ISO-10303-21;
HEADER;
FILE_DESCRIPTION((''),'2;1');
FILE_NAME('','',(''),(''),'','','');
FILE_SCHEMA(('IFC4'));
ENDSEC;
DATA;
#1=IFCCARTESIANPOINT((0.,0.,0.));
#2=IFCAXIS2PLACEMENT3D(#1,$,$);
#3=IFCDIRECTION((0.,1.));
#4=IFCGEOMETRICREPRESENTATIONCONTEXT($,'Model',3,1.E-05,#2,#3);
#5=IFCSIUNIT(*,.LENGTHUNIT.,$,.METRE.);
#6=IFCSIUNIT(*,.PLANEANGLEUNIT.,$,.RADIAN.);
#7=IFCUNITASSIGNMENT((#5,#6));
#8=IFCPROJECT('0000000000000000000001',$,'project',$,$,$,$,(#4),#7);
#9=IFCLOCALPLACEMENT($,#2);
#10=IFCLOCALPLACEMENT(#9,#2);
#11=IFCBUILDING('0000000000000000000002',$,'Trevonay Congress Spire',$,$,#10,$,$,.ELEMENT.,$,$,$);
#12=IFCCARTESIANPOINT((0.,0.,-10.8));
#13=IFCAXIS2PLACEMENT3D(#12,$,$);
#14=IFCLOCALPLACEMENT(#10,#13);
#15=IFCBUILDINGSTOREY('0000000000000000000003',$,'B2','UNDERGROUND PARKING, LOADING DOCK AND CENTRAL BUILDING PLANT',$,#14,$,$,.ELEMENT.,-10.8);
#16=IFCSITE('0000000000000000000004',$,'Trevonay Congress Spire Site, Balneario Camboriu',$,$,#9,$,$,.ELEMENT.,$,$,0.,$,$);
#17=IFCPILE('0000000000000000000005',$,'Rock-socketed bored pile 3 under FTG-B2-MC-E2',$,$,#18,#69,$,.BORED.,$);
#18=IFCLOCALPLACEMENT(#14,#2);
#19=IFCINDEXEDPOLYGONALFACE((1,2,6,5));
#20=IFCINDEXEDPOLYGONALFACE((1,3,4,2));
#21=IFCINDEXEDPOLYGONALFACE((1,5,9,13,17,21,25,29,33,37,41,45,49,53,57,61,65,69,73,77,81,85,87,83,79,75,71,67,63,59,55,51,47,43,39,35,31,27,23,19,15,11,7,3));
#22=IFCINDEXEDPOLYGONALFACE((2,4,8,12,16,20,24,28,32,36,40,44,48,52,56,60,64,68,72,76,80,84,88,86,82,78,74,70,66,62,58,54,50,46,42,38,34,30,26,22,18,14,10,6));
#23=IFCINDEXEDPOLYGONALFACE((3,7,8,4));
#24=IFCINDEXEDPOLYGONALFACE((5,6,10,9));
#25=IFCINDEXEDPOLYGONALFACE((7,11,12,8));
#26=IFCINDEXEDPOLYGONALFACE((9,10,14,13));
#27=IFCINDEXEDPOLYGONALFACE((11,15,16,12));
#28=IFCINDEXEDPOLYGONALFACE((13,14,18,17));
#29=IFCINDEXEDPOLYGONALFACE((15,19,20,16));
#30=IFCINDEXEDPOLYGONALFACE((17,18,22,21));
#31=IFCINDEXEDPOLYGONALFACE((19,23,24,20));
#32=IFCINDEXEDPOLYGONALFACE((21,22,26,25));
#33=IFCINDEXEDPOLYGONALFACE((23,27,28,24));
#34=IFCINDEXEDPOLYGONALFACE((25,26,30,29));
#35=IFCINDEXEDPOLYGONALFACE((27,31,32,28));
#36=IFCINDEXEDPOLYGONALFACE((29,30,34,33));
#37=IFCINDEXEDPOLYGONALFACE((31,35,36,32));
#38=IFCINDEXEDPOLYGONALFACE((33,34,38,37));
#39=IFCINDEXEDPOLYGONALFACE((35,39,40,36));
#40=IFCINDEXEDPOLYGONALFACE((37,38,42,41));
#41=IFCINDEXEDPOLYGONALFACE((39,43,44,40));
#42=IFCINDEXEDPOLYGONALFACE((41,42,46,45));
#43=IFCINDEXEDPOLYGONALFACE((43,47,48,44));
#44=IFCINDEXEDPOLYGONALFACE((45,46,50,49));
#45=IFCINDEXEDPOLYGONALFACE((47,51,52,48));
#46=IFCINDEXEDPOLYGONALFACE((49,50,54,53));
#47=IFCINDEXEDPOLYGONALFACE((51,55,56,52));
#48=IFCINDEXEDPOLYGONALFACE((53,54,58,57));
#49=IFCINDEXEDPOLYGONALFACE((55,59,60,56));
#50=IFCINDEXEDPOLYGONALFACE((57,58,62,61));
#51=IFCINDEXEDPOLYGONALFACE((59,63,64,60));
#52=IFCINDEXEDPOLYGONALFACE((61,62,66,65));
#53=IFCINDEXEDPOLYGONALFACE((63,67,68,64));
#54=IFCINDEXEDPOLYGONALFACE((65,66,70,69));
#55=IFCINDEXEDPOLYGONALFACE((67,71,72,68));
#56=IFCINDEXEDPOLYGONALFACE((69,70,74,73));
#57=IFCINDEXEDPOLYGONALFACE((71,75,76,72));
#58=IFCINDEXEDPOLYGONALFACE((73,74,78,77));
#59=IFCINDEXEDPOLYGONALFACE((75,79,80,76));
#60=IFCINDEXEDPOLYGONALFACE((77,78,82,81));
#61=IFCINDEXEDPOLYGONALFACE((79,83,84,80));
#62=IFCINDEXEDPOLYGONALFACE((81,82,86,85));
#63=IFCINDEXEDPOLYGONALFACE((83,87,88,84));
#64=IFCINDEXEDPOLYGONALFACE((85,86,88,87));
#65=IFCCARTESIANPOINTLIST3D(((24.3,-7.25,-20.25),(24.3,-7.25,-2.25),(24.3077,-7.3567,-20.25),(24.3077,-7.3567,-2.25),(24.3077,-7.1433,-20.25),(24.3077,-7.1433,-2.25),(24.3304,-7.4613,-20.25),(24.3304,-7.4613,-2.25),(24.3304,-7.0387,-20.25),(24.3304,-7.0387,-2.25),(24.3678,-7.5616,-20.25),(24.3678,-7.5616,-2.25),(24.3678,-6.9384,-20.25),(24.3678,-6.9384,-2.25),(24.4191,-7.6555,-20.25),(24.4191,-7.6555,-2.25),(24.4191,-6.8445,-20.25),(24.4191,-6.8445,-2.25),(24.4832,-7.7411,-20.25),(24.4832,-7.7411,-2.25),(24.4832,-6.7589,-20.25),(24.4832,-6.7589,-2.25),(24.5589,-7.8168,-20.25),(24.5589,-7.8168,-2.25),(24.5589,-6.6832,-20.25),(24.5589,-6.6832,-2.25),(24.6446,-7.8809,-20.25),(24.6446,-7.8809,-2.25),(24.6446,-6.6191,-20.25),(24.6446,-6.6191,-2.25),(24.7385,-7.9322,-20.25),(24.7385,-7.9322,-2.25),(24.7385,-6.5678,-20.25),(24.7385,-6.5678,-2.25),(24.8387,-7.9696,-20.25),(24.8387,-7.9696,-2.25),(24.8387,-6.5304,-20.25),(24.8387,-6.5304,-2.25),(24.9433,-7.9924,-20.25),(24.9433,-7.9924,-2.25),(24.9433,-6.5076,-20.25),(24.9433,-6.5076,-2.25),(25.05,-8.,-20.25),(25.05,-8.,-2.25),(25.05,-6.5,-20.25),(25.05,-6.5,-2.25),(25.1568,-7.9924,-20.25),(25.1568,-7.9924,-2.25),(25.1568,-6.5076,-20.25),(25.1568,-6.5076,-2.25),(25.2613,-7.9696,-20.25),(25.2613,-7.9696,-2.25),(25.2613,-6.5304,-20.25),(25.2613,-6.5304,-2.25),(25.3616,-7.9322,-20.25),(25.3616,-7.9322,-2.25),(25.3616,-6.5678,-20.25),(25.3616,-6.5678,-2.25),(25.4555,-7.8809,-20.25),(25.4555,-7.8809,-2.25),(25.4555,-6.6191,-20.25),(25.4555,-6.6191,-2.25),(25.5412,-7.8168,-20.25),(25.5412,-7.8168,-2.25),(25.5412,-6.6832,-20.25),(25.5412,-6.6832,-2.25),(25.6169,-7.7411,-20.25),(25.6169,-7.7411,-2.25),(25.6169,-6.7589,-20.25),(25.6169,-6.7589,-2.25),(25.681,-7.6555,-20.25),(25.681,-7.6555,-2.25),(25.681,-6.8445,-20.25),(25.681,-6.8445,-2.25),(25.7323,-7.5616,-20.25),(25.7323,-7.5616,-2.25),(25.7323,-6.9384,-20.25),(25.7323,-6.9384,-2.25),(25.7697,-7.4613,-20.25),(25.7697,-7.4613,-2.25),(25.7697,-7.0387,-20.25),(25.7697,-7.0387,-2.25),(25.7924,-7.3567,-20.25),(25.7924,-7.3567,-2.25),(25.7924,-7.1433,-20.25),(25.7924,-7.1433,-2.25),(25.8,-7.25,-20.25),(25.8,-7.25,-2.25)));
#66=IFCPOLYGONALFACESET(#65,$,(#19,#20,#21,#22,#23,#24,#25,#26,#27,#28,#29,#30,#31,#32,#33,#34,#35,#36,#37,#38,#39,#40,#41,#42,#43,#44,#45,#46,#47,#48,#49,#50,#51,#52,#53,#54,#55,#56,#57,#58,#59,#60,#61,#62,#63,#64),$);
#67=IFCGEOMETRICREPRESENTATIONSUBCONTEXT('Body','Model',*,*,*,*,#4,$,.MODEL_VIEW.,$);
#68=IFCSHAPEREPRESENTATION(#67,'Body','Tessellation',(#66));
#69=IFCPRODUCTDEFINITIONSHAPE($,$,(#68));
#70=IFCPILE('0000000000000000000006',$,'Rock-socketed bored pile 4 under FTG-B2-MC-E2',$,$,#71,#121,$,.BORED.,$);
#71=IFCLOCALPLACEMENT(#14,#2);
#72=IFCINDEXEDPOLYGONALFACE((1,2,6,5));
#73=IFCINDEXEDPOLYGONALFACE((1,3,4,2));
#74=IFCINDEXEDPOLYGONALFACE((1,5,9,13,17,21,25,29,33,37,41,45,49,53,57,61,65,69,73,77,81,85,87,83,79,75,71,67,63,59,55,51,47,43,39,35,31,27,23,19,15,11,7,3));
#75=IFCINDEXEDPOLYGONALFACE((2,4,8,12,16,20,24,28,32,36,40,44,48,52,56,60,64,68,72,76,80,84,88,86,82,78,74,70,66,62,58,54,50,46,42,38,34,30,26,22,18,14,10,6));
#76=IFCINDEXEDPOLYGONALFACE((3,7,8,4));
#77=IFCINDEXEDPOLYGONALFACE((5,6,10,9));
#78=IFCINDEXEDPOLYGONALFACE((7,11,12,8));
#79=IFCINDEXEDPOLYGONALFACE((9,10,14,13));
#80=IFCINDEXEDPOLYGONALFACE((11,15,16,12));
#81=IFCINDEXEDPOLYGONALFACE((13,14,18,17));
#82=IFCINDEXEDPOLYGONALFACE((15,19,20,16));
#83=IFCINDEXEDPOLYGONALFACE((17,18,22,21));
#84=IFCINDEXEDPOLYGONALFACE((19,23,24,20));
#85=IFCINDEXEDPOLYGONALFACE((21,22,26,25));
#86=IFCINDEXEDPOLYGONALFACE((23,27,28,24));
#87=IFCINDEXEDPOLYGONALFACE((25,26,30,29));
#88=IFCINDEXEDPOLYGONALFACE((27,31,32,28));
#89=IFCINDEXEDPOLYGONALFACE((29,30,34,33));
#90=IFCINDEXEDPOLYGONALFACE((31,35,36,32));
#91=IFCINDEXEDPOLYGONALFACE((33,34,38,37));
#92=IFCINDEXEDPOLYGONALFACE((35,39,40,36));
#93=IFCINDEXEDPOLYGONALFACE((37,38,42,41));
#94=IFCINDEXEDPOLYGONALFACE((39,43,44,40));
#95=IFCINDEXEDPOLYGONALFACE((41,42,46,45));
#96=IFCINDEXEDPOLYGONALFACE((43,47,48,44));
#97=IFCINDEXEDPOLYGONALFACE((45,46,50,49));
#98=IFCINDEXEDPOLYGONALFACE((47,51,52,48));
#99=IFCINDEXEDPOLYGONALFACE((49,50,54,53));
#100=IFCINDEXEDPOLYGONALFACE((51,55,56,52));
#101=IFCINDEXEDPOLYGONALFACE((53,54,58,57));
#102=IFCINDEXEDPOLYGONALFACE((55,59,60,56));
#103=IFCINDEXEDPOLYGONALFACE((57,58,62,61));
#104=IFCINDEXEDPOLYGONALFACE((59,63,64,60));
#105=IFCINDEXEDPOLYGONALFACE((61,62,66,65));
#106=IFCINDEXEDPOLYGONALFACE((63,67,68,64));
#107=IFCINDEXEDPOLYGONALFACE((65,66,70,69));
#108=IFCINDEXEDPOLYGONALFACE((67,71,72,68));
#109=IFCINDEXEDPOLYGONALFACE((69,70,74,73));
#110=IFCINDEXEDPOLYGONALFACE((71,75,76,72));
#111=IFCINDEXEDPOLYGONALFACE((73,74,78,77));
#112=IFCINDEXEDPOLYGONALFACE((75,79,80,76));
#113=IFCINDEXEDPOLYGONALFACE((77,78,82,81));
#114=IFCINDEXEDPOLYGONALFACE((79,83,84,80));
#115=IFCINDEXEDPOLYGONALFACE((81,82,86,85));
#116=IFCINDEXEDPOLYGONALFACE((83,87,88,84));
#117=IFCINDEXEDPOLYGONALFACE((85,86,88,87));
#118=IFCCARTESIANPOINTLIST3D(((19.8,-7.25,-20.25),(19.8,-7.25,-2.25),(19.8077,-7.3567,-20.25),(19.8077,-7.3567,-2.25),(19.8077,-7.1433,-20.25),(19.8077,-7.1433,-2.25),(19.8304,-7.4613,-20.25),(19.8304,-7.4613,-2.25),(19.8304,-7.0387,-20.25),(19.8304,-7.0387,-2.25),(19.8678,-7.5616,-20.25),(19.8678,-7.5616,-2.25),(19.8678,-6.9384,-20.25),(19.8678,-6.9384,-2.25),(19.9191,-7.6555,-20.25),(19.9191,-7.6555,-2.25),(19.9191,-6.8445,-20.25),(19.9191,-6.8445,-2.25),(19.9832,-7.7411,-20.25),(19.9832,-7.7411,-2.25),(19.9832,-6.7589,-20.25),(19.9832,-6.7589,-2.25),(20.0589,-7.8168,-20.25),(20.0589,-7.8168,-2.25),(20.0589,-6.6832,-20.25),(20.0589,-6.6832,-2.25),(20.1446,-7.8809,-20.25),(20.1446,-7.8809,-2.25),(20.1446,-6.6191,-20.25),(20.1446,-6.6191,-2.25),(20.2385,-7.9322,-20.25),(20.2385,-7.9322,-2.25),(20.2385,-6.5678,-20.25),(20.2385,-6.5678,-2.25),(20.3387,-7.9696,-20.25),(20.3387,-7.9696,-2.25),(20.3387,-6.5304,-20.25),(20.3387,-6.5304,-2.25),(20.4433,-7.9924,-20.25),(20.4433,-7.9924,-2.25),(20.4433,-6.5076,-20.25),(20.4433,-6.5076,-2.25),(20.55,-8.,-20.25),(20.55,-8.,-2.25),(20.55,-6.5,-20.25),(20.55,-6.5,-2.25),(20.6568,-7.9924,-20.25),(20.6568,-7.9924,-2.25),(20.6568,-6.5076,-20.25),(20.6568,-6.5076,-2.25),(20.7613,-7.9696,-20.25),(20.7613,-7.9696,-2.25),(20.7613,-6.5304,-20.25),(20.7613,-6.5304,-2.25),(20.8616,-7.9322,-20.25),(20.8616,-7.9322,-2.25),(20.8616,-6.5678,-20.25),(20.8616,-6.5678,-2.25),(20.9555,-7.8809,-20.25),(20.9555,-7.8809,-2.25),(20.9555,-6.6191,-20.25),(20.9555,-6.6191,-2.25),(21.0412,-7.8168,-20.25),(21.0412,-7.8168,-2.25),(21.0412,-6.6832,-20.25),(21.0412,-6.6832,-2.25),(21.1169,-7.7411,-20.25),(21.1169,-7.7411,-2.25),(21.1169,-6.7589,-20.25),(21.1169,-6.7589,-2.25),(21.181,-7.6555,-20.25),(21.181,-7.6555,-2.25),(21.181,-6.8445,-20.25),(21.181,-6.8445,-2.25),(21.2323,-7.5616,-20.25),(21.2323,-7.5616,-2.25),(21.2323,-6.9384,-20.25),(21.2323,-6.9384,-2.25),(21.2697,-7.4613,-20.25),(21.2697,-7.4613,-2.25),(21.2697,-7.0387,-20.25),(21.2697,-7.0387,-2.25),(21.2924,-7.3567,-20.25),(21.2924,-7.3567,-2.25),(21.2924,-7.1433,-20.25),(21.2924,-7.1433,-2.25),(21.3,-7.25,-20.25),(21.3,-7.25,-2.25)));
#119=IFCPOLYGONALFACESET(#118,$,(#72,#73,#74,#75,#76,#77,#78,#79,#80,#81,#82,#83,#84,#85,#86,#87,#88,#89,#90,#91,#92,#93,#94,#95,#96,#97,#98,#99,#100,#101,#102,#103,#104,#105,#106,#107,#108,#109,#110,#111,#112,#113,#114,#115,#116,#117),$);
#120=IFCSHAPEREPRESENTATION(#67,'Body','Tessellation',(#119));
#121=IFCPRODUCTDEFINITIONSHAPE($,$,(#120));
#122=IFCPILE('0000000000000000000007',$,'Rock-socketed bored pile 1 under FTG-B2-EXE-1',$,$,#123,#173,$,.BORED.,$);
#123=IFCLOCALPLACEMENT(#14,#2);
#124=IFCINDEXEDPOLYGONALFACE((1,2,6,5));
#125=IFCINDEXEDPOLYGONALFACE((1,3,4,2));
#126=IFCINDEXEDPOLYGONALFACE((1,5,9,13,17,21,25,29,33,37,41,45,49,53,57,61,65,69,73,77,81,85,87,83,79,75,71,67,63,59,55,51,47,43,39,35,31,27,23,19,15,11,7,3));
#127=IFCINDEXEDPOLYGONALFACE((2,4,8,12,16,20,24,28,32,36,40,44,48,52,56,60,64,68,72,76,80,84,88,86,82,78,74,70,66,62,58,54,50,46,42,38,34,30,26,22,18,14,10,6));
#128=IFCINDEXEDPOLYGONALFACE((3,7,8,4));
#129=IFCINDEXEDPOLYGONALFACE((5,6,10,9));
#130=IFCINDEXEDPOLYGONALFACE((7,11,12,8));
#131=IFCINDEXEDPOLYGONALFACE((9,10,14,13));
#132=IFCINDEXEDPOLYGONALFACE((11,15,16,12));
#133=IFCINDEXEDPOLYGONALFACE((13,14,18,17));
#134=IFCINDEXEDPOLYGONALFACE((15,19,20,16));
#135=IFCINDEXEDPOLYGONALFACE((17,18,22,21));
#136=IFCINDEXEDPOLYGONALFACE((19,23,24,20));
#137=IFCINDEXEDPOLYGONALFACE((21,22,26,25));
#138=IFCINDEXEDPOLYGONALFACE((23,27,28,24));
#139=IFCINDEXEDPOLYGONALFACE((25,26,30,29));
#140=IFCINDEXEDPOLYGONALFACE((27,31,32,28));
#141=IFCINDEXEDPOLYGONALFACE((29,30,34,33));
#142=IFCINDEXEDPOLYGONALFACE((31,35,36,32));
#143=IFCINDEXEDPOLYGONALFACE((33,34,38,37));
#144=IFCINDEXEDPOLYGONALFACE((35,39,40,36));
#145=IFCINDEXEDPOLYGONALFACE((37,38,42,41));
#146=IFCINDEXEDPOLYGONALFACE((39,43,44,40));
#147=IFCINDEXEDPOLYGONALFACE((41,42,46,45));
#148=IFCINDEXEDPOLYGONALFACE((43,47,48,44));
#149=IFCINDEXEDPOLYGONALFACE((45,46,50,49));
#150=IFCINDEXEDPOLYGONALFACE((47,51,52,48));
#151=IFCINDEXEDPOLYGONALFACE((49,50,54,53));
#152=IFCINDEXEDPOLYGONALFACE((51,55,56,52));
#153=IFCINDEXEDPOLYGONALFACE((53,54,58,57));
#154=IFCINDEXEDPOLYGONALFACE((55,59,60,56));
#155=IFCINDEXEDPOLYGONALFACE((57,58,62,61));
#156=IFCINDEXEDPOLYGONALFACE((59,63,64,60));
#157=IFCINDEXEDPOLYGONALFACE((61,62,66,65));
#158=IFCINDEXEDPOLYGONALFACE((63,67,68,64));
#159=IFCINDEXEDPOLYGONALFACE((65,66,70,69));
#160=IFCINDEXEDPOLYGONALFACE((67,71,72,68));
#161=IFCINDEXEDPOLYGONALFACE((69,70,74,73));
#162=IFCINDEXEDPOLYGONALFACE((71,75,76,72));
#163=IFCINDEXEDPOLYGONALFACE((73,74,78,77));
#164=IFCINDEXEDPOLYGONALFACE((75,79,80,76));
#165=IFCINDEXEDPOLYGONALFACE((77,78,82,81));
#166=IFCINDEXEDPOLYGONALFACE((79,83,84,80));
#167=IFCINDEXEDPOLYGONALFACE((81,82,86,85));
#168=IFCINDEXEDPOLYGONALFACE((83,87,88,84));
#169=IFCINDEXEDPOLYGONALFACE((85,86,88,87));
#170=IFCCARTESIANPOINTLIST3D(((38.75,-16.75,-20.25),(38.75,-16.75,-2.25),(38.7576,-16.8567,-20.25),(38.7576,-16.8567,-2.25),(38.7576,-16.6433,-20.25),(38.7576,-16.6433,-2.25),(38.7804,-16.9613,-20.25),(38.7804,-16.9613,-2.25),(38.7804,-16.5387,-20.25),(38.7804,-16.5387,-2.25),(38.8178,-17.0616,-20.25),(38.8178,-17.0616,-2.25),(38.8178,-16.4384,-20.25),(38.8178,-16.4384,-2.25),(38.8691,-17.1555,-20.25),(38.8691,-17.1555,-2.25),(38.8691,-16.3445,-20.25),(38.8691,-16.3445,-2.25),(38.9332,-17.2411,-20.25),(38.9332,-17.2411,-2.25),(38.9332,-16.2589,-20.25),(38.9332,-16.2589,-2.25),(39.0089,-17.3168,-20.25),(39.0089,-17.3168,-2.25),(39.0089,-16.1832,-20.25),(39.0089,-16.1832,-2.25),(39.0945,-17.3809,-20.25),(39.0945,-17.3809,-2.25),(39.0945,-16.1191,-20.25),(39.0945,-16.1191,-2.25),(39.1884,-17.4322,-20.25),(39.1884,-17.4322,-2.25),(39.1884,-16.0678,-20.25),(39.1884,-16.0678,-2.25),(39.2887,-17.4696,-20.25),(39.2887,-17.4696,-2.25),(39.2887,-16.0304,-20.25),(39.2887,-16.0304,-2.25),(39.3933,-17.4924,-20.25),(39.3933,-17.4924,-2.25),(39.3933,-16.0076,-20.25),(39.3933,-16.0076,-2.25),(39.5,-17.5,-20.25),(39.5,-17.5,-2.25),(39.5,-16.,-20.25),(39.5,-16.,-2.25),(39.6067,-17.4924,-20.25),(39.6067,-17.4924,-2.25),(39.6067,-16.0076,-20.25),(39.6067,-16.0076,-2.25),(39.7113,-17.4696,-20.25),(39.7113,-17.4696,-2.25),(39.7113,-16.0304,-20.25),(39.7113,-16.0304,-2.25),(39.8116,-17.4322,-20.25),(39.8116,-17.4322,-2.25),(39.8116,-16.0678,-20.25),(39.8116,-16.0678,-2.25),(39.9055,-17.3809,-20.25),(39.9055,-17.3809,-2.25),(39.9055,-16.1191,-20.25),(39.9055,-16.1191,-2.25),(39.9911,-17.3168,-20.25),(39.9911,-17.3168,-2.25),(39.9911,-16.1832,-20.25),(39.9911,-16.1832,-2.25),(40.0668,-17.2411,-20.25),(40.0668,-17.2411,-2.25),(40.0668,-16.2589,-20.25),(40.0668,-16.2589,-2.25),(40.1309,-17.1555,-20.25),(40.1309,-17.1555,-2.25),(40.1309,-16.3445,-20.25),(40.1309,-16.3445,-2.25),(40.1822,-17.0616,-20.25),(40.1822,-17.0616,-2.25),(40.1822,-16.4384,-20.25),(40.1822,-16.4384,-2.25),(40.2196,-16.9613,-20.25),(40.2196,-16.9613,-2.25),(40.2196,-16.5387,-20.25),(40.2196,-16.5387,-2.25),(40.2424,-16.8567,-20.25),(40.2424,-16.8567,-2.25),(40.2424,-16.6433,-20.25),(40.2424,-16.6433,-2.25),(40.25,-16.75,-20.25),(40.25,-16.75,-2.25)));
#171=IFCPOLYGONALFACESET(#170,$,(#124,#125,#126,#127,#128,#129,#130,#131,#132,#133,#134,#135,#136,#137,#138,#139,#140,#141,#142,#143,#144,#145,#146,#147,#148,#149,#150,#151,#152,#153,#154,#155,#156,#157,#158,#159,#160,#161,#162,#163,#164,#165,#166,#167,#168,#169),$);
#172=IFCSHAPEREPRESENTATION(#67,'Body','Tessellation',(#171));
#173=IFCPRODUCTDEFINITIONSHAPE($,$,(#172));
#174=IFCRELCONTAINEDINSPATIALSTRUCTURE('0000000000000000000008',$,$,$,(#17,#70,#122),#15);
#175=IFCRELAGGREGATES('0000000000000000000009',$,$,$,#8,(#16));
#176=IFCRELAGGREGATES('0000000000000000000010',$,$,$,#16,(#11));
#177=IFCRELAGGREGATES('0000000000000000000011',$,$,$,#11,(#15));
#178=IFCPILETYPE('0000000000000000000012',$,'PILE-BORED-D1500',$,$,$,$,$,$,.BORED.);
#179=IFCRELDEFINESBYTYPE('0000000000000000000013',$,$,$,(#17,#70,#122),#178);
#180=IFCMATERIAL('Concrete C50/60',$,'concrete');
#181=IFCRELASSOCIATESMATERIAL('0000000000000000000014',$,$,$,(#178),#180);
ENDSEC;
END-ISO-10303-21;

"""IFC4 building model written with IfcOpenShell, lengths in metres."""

from ifc_helpers import new_model, si_unit, direction, frame, origin, origin_2d, place, context, subcontext, project, spatial, circle, extrude, material, material_profile, profile_set, type_object, element, save


model = new_model("IFC4")

# Units and contexts
model_context = context("Model", 3, precision=1e-05, world=origin(), true_north=direction((0.0, 1.0)))
body_context = subcontext(model_context, "Body", "Model", "MODEL_VIEW")
ifc_project = project(units=[si_unit("LENGTHUNIT", "METRE"), si_unit("PLANEANGLEUNIT", "RADIAN")], contexts=[model_context])

# Site, building, storey
site_placement = place(None, origin())
site = spatial("IfcSite", under=ifc_project, at=site_placement, Name="Trevonay Congress Spire Site, Balneario Camboriu", CompositionType="ELEMENT", RefElevation=0.0)
building_placement = place(site_placement, origin())
building = spatial("IfcBuilding", under=site, at=building_placement, Name="Trevonay Congress Spire", CompositionType="ELEMENT")
storey_placement = place(building_placement, frame((0.0, 0.0, -10.8)))
storey = spatial("IfcBuildingStorey", under=building, at=storey_placement, Name="B2", Description="UNDERGROUND PARKING, LOADING DOCK AND CENTRAL BUILDING PLANT", CompositionType="ELEMENT", Elevation=-10.8)

# Shared definitions
ifc_material_1 = material(Name="Concrete C50/60", Category="concrete")

# Piles
ifc_material_profile_1 = material_profile(ifc_material_1, circle(Radius=0.75, at=origin_2d()), Name="PILE D1500")
ifc_profile_set_1 = profile_set([ifc_material_profile_1], Name="Concrete C50/60")
pile_type = type_object("IfcPileType", Name="PILE-BORED-D1500", PredefinedType="BORED", material=ifc_profile_set_1)
for number, where, z_axis, x_axis, name in (
    (1, (25.05, -7.25, -2.25), (0.0, 0.0, -1.0), (1.0, 0.0, 0.0), "Rock-socketed bored pile 3 under FTG-B2-MC-E2"),
    (2, (20.55, -7.25, -2.25), (0.0, 0.0, -1.0), (1.0, 0.0, 0.0), "Rock-socketed bored pile 4 under FTG-B2-MC-E2"),
    (3, (39.5, -16.75, -2.25), (0.0, 0.0, -1.0), (1.0, 0.0, 0.0), "Rock-socketed bored pile 1 under FTG-B2-EXE-1"),
):
    element("IfcPile", number, at=place(storey_placement, frame(where, z_axis=z_axis, x_axis=x_axis)), inside=storey, type_object=pile_type, Name=name, PredefinedType="BORED", context=body_context, shape_type="SweptSolid", body=[
        extrude(circle(Radius=0.75, at=origin_2d()), origin(), (0.0, 0.0, 1.0), 18.0),
    ])

save(model, "model.ifc")
